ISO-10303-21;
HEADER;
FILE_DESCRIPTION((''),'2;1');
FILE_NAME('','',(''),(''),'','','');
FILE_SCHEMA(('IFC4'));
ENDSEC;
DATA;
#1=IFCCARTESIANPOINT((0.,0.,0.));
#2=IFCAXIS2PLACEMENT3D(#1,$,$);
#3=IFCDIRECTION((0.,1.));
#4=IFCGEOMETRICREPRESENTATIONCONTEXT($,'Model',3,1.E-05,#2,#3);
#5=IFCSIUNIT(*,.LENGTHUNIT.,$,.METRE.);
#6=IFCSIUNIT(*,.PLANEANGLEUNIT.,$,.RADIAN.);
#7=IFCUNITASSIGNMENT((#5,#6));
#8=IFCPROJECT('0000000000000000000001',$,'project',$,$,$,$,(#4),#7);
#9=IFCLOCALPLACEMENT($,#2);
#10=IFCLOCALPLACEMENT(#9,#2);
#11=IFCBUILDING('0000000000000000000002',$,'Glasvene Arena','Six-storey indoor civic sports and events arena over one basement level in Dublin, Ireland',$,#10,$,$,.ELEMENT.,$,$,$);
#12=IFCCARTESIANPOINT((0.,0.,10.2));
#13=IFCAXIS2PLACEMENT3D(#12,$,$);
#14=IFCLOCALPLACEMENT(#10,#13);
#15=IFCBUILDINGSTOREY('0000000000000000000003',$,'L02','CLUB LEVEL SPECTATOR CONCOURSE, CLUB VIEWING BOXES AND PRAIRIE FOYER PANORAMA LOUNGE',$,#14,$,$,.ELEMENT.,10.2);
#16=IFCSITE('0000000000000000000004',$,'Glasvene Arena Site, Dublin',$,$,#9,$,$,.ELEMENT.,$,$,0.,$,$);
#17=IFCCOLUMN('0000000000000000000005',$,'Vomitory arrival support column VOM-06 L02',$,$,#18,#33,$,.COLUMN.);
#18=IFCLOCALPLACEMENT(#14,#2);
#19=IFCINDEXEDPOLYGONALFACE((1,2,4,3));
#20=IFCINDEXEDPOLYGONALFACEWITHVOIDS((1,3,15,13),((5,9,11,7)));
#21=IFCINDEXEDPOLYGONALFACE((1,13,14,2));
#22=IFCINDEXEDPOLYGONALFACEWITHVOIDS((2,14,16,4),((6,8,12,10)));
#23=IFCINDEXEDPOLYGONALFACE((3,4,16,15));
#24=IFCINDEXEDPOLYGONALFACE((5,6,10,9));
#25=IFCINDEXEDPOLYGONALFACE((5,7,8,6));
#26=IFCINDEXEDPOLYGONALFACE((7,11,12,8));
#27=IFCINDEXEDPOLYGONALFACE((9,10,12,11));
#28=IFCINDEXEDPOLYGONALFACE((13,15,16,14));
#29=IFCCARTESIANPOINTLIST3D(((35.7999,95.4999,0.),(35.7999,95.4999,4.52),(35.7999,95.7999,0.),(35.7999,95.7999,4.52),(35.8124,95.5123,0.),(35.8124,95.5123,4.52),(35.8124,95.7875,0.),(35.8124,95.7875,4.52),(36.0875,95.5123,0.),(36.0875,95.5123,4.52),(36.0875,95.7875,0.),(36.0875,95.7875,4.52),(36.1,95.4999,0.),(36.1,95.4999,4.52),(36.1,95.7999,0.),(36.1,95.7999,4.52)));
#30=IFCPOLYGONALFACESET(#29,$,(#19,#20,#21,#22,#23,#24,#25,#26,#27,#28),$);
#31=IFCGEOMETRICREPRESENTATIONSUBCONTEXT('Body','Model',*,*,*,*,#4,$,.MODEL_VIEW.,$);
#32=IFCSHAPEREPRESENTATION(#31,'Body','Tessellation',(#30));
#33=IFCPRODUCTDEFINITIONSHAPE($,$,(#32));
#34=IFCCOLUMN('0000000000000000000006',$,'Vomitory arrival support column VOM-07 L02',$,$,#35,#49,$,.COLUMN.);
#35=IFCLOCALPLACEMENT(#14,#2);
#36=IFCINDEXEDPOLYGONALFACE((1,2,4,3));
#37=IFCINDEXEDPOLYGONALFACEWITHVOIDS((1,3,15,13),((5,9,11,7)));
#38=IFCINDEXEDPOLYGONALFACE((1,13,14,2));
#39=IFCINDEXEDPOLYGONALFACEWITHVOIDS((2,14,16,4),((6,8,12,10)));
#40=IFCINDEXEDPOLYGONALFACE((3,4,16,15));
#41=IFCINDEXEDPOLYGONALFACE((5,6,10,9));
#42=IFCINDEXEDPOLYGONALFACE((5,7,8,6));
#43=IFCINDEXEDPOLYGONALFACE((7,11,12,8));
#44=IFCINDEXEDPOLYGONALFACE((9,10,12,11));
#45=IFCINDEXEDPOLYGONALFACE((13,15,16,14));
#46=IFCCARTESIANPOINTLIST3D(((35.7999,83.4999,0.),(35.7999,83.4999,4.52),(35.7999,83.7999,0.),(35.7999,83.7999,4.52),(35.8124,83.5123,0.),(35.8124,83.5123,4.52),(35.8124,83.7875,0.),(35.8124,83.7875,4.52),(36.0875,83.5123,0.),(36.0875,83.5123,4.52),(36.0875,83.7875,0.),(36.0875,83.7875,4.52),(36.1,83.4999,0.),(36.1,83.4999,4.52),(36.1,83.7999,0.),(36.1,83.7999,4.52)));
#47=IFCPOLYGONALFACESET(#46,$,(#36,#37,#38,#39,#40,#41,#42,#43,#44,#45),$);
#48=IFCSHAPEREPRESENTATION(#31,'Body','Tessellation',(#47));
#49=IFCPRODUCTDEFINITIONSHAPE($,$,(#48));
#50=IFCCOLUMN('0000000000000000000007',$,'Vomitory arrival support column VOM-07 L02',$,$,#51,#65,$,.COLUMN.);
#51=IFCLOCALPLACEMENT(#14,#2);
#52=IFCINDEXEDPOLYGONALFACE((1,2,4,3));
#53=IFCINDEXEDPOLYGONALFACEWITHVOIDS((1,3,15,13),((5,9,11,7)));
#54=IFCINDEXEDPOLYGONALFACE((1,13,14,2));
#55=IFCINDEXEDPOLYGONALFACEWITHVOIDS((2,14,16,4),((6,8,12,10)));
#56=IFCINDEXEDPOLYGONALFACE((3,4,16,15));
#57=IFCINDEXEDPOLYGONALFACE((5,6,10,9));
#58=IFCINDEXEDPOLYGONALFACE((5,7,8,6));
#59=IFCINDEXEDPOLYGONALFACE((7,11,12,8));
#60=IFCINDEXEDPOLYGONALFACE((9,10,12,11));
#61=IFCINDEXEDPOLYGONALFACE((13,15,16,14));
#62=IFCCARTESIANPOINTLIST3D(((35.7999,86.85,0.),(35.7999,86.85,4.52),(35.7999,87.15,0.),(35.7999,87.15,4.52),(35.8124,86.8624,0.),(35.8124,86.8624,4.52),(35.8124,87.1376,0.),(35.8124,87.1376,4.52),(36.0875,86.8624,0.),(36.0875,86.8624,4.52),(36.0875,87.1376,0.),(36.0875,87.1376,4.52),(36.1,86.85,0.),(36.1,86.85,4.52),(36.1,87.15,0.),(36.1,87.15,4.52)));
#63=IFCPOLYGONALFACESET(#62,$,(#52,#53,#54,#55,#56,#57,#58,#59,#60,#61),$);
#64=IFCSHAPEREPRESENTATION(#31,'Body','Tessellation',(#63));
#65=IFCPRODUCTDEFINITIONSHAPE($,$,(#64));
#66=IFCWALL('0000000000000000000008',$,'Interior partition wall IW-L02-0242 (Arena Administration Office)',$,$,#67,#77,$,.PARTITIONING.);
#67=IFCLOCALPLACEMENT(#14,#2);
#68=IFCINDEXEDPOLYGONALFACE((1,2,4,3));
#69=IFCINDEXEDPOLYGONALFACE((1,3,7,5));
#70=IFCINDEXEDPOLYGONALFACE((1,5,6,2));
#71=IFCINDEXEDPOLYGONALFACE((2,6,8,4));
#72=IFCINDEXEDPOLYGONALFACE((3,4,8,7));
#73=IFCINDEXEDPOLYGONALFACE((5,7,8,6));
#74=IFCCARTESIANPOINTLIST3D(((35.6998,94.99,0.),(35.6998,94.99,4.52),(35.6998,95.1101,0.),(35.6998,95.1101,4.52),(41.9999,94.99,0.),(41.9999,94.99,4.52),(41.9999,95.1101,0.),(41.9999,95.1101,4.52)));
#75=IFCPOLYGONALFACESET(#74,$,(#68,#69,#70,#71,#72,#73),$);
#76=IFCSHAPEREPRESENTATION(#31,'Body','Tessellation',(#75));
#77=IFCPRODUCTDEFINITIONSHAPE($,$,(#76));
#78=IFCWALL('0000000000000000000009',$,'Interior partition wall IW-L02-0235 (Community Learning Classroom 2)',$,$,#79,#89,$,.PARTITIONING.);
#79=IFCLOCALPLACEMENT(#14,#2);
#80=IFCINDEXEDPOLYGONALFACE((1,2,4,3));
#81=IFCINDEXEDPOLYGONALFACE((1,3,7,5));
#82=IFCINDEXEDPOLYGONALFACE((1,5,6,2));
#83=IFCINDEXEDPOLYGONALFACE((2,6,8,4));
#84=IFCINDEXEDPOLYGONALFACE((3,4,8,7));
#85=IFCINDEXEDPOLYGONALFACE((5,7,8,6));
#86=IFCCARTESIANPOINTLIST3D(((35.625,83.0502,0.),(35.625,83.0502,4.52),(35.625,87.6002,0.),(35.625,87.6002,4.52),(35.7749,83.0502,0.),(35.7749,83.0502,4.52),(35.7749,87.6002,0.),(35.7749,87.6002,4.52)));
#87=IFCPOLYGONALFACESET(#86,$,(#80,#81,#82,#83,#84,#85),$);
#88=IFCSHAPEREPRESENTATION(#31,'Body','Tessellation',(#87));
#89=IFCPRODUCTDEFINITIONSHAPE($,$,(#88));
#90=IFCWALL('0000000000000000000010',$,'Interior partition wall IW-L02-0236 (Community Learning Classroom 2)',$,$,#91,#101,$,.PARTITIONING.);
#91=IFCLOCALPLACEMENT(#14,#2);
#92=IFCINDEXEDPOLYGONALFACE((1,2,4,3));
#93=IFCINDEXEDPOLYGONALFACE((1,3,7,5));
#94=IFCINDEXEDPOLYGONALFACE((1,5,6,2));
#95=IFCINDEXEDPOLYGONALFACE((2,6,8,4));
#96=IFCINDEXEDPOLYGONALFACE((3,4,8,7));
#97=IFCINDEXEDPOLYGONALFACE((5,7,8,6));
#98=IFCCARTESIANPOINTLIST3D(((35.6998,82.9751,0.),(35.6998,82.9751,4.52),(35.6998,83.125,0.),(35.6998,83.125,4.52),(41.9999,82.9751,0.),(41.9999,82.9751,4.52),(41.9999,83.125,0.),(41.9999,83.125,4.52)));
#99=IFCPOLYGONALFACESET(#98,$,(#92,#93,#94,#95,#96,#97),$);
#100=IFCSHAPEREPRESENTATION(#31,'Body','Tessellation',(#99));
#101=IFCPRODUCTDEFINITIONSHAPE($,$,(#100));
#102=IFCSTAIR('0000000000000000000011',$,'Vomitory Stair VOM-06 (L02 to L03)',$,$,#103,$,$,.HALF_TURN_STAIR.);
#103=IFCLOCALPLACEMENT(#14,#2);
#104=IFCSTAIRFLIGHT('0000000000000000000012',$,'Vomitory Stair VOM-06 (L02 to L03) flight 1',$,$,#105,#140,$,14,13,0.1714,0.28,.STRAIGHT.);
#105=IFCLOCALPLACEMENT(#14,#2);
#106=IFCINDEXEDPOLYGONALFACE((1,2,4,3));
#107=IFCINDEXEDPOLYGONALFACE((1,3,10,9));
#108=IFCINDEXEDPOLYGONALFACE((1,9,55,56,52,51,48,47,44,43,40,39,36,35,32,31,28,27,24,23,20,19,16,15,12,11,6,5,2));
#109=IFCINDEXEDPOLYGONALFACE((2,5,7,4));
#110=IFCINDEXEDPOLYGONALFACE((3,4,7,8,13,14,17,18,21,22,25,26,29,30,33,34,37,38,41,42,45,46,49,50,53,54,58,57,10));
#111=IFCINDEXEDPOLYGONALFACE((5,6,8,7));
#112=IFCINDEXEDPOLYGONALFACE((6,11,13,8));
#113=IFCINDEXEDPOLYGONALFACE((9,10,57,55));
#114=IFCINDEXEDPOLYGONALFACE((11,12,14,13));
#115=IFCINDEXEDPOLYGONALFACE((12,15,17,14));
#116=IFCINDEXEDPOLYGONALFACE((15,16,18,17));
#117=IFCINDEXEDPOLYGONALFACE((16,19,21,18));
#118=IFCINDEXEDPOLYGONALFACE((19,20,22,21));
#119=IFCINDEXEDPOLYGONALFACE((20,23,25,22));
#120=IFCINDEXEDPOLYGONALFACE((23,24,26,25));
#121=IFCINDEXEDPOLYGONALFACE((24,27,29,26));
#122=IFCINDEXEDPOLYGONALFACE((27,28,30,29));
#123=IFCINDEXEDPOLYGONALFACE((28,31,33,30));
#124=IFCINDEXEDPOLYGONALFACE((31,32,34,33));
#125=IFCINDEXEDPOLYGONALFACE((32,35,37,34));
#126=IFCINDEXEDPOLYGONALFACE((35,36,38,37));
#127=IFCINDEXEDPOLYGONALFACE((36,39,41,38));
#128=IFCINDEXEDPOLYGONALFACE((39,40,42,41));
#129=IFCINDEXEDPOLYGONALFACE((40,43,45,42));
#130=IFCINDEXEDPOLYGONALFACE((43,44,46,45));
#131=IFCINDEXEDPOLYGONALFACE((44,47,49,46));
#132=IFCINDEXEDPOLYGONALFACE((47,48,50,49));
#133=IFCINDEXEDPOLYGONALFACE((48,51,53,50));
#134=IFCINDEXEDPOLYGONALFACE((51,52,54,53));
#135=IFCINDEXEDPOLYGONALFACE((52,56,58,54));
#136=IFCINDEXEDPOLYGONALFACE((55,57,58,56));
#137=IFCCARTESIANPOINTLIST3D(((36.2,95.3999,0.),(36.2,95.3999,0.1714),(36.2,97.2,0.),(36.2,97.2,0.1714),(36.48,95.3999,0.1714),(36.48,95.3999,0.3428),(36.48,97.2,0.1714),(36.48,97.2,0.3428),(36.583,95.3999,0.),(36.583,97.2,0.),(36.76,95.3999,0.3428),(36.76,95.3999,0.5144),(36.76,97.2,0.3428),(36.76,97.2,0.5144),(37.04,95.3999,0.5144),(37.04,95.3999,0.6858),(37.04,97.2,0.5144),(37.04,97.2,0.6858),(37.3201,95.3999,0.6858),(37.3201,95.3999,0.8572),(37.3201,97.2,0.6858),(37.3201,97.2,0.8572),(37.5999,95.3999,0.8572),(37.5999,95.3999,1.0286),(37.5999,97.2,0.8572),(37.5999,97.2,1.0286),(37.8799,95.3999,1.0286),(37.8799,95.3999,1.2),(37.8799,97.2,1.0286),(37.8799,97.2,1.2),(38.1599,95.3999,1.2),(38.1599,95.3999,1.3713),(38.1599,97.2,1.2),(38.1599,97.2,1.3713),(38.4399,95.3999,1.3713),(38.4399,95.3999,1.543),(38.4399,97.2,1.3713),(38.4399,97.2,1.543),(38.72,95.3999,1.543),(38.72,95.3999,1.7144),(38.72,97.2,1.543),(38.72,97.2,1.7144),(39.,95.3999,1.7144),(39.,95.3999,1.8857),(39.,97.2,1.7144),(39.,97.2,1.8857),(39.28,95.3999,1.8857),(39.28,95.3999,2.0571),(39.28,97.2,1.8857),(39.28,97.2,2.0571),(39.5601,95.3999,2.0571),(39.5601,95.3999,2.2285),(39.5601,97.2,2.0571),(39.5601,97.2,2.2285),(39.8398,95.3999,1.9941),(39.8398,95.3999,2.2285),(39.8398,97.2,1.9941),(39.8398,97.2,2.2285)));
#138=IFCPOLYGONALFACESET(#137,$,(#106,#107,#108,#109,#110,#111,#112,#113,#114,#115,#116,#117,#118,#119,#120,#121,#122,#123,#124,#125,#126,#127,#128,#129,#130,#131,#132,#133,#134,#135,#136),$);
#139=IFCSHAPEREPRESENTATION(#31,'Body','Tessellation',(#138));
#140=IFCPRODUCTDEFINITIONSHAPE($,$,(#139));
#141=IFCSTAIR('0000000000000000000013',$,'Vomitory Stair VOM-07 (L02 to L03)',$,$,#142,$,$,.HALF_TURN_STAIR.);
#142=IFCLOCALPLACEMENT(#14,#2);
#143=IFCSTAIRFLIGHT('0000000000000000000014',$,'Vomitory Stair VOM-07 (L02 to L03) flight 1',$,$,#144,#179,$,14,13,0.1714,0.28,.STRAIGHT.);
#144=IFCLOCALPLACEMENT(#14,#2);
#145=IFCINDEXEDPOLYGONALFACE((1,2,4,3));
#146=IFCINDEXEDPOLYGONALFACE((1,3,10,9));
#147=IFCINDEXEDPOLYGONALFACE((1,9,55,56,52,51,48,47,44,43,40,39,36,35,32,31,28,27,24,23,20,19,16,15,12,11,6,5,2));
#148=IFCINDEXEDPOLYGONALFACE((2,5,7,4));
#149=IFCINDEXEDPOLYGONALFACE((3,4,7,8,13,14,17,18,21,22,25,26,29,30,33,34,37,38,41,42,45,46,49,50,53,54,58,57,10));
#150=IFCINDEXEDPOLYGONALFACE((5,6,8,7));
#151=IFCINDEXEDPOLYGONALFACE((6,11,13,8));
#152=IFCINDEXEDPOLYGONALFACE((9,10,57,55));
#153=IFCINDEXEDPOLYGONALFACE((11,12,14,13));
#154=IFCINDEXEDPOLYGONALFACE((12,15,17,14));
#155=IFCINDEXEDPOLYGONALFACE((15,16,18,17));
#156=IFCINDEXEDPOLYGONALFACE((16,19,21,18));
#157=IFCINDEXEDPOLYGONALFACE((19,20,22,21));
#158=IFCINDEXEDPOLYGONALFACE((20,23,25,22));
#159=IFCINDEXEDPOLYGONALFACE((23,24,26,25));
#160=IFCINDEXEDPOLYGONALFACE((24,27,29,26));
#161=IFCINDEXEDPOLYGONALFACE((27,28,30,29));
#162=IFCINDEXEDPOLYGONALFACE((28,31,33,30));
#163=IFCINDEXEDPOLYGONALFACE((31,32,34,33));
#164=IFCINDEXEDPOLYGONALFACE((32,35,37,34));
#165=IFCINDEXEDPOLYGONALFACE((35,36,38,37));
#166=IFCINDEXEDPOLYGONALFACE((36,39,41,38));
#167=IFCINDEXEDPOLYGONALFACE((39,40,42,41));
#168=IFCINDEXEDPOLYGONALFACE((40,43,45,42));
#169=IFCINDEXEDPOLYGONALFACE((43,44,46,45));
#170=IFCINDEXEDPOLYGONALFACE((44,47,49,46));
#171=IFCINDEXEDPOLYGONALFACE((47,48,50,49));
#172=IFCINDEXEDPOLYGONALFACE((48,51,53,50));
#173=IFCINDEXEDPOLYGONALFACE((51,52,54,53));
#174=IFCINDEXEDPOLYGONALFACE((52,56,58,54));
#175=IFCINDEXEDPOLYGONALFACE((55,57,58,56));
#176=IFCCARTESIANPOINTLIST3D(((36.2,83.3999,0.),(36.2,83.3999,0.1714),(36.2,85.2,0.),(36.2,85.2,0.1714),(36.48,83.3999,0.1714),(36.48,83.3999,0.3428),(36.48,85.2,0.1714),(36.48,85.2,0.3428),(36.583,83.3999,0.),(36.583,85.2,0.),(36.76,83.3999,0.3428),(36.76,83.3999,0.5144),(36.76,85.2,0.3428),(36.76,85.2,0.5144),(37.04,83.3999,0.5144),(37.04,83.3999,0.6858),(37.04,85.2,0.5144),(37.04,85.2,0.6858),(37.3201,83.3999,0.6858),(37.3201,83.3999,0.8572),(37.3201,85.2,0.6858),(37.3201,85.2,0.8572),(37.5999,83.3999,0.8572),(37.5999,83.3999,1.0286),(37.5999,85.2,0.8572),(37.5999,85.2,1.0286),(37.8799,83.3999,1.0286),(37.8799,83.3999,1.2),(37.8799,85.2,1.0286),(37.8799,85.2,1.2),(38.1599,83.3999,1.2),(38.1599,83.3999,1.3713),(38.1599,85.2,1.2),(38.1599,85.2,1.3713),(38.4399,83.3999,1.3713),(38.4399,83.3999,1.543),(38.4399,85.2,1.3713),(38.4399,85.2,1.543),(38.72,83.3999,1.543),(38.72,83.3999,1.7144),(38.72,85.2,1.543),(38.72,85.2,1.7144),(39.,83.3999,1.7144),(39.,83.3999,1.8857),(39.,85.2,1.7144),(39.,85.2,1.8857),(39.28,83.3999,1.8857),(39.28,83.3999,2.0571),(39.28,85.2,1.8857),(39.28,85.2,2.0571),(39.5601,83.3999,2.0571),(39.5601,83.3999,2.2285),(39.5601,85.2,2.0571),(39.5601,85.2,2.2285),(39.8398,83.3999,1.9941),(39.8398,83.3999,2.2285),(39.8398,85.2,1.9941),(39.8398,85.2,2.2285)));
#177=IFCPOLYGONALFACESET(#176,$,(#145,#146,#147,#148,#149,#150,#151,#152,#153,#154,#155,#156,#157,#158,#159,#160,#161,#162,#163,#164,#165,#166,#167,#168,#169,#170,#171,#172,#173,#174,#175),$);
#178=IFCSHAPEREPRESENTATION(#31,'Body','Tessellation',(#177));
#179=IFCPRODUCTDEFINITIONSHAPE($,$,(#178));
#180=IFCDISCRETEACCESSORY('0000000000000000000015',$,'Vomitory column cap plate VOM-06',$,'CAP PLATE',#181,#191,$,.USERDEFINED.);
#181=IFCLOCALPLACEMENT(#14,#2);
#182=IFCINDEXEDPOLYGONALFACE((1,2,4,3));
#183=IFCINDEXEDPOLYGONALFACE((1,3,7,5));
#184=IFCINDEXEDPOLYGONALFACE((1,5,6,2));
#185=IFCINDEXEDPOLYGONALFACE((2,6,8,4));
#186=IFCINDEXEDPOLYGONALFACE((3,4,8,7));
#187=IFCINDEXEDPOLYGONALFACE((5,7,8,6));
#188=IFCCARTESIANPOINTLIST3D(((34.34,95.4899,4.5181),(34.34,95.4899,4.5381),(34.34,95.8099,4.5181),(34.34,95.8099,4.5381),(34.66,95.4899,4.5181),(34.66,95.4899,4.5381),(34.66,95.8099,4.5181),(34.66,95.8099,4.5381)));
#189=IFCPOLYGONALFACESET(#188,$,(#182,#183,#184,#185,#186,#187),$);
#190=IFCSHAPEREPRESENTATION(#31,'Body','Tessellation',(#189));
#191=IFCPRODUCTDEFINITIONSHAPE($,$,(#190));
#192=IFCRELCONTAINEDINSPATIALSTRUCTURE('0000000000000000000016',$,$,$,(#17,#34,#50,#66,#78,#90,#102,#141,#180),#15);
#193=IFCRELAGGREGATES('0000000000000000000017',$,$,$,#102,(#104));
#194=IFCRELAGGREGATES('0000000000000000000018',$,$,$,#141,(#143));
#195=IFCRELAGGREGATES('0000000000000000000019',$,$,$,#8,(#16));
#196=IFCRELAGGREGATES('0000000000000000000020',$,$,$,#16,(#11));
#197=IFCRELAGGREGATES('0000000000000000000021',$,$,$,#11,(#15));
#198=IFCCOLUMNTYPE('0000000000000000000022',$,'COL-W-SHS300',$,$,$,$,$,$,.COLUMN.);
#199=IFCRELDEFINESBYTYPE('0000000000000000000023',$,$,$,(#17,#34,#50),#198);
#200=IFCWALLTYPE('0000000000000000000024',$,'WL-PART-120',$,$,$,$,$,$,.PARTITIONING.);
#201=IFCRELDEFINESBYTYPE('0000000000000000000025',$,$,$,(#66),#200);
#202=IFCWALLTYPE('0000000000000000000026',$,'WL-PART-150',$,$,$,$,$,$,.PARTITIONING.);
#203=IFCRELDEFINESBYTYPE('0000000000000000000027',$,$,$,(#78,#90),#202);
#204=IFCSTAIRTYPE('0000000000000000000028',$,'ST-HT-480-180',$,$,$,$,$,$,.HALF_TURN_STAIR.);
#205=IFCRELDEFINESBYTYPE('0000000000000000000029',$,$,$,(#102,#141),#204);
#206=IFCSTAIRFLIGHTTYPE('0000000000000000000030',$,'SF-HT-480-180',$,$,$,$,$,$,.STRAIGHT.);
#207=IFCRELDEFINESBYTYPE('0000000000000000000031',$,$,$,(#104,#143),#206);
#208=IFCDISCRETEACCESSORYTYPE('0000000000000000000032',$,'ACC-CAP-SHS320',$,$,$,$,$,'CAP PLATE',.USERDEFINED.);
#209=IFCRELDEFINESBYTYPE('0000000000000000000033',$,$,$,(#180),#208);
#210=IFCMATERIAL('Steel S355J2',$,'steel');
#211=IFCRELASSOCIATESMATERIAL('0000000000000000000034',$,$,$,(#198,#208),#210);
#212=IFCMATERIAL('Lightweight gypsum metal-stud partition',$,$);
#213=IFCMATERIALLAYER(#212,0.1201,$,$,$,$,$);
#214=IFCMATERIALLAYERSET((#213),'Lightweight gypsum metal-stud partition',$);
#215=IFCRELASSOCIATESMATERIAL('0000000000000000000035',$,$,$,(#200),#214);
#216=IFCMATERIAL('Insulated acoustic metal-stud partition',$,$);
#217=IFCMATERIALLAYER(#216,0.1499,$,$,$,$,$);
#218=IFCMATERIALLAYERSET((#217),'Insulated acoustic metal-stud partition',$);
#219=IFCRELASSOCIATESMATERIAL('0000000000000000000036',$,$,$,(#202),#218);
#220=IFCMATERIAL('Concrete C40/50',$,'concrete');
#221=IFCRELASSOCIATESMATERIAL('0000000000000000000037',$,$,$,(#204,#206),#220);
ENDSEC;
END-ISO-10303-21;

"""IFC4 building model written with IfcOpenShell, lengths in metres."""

from ifc_helpers import new_model, si_unit, direction, frame, frame_2d, origin, origin_2d, place, context, subcontext, project, spatial, polyline, rectangle, hollow_rectangle, outline, extrude, material, layer, layer_set, material_profile, profile_set, type_object, element, aggregate, save


model = new_model("IFC4")

# Units and contexts
model_context = context("Model", 3, precision=1e-05, world=origin(), true_north=direction((0.0, 1.0)))
body_context = subcontext(model_context, "Body", "Model", "MODEL_VIEW")
ifc_project = project(units=[si_unit("LENGTHUNIT", "METRE"), si_unit("PLANEANGLEUNIT", "RADIAN")], contexts=[model_context])

# Site, building, storey
site_placement = place(None, origin())
site = spatial("IfcSite", under=ifc_project, at=site_placement, Name="Glasvene Arena Site, Dublin", CompositionType="ELEMENT", RefElevation=0.0)
building_placement = place(site_placement, origin())
building = spatial("IfcBuilding", under=site, at=building_placement, Name="Glasvene Arena", Description="Six-storey indoor civic sports and events arena over one basement level in Dublin, Ireland", CompositionType="ELEMENT")
storey_placement = place(building_placement, frame((0.0, 0.0, 10.2)))
storey = spatial("IfcBuildingStorey", under=building, at=storey_placement, Name="L02", Description="CLUB LEVEL SPECTATOR CONCOURSE, CLUB VIEWING BOXES AND PRAIRIE FOYER PANORAMA LOUNGE", CompositionType="ELEMENT", Elevation=10.2)

# Columns
ifc_material_1 = material(Name="Steel S355J2", Category="steel")
ifc_material_profile = material_profile(ifc_material_1, hollow_rectangle(XDim=0.3, YDim=0.3, WallThickness=0.0125, at=origin_2d()), Name="SHS 300x300x12.5")
ifc_profile_set = profile_set([ifc_material_profile], Name="Steel S355J2")
column_type = type_object("IfcColumnType", Name="COL-W-SHS300", PredefinedType="COLUMN", material=ifc_profile_set)
for number, where, z_axis, x_axis, name in (
    (1, (35.95, 95.6499, 0.0), (0.0, 0.0, 1.0), (1.0, 0.0, 0.0), "Vomitory arrival support column VOM-06 L02"),
    (2, (35.95, 83.6499, 0.0), (0.0, 0.0, 1.0), (1.0, 0.0, 0.0), "Vomitory arrival support column VOM-07 L02"),
    (3, (35.95, 87.0, 0.0), (0.0, 0.0, 1.0), (1.0, 0.0, 0.0), "Vomitory arrival support column VOM-07 L02"),
):
    element("IfcColumn", number, at=place(storey_placement, frame(where, z_axis=z_axis, x_axis=x_axis)), inside=storey, type_object=column_type, Name=name, PredefinedType="COLUMN", context=body_context, shape_type="SweptSolid", body=[
        extrude(hollow_rectangle(XDim=0.3, YDim=0.3, WallThickness=0.0125, at=origin_2d()), origin(), (0.0, 0.0, 1.0), 4.52),
    ])

# Walls
ifc_material_2 = material(Name="Lightweight gypsum metal-stud partition")
ifc_layer_1 = layer(ifc_material_2, 0.1201)
ifc_layer_set_1 = layer_set([ifc_layer_1], Name="Lightweight gypsum metal-stud partition")
wall_type_1 = type_object("IfcWallType", Name="WL-PART-120", PredefinedType="PARTITIONING", material=ifc_layer_set_1)
wall_1_placement = place(storey_placement, frame((35.7, 95.05, 0.0), z_axis=(0.0, 0.0, 1.0), x_axis=(1.0, 0.0, 0.0)))
element("IfcWall", 4, at=wall_1_placement, inside=storey, type_object=wall_type_1, Name="Interior partition wall IW-L02-0242 (Arena Administration Office)", PredefinedType="PARTITIONING", context=body_context, shape_type="SweptSolid", body=[
    extrude(rectangle(XDim=6.3, YDim=0.1201, at=frame_2d((3.1499, 0.0))), origin(), (0.0, 0.0, 1.0), 4.52),
])
ifc_material_3 = material(Name="Insulated acoustic metal-stud partition")
ifc_layer_2 = layer(ifc_material_3, 0.1499)
ifc_layer_set_2 = layer_set([ifc_layer_2], Name="Insulated acoustic metal-stud partition")
wall_type_2 = type_object("IfcWallType", Name="WL-PART-150", PredefinedType="PARTITIONING", material=ifc_layer_set_2)
wall_2_placement = place(storey_placement, frame((35.7, 87.6001, 0.0), z_axis=(0.0, 0.0, 1.0), x_axis=(0.0, -1.0, 0.0)))
element("IfcWall", 5, at=wall_2_placement, inside=storey, type_object=wall_type_2, Name="Interior partition wall IW-L02-0235 (Community Learning Classroom 2)", PredefinedType="PARTITIONING", context=body_context, shape_type="SweptSolid", body=[
    extrude(rectangle(XDim=4.55, YDim=0.1499, at=frame_2d((2.2749, 0.0))), origin(), (0.0, 0.0, 1.0), 4.52),
])
wall_3_placement = place(storey_placement, frame((35.7, 83.05, 0.0), z_axis=(0.0, 0.0, 1.0), x_axis=(1.0, 0.0, 0.0)))
element("IfcWall", 6, at=wall_3_placement, inside=storey, type_object=wall_type_2, Name="Interior partition wall IW-L02-0236 (Community Learning Classroom 2)", PredefinedType="PARTITIONING", context=body_context, shape_type="SweptSolid", body=[
    extrude(rectangle(XDim=6.3, YDim=0.1499, at=frame_2d((3.1499, 0.0))), origin(), (0.0, 0.0, 1.0), 4.52),
])

# Stairs, stair flights
ifc_material_4 = material(Name="Concrete C40/50", Category="concrete")
stair_type = type_object("IfcStairType", Name="ST-HT-480-180", PredefinedType="HALF_TURN_STAIR", material=ifc_material_4)
stair_1_placement = place(storey_placement, origin())
stair_1 = element("IfcStair", 7, at=stair_1_placement, inside=storey, type_object=stair_type, Name="Vomitory Stair VOM-06 (L02 to L03)", PredefinedType="HALF_TURN_STAIR")
stair_flight_type = type_object("IfcStairFlightType", Name="SF-HT-480-180", PredefinedType="STRAIGHT", material=ifc_material_4)
stair_flight_1_placement = place(storey_placement, frame((36.2, 96.3, 0.0), z_axis=(0.0, 0.0, 1.0), x_axis=(1.0, 0.0, 0.0)))
stair_flight_1 = element("IfcStairFlight", 8, at=stair_flight_1_placement, type_object=stair_flight_type, Name="Vomitory Stair VOM-06 (L02 to L03) flight 1", NumberOfRisers=14, NumberOfTreads=13, PredefinedType="STRAIGHT", RiserHeight=0.1714, TreadLength=0.28, context=body_context, shape_type="SweptSolid", body=[
    extrude(outline(polyline([(0.0, 0.0), (0.0, 0.1714), (0.28, 0.1714), (0.28, 0.3428), (0.5601, 0.3428), (0.5601, 0.5144), (0.8401, 0.5144), (0.8401, 0.6858), (1.1201, 0.6858), (1.1201, 0.8572), (1.3999, 0.8572), (1.3999, 1.0286), (1.6799, 1.0286), (1.6799, 1.2), (1.96, 1.2), (1.96, 1.3713), (2.24, 1.3713), (2.24, 1.543), (2.52, 1.543), (2.52, 1.7144), (2.8, 1.7144), (2.8, 1.8857), (3.0801, 1.8857), (3.0801, 2.0571), (3.3601, 2.0571), (3.3601, 2.2285), (3.6399, 2.2285), (3.6399, 2.3999), (3.6399, 1.9941), (0.3831, 0.0), (0.0, 0.0)])), frame((0.0, 0.8999, 0.0), z_axis=(0.0, -1.0, 0.0), x_axis=(1.0, 0.0, 0.0)), (0.0, 0.0, 1.0), 1.8),
])
aggregate(stair_1, [stair_flight_1])
stair_2_placement = place(storey_placement, origin())
stair_2 = element("IfcStair", 9, at=stair_2_placement, inside=storey, type_object=stair_type, Name="Vomitory Stair VOM-07 (L02 to L03)", PredefinedType="HALF_TURN_STAIR")
stair_flight_2_placement = place(storey_placement, frame((36.2, 84.3, 0.0), z_axis=(0.0, 0.0, 1.0), x_axis=(1.0, 0.0, 0.0)))
stair_flight_2 = element("IfcStairFlight", 10, at=stair_flight_2_placement, type_object=stair_flight_type, Name="Vomitory Stair VOM-07 (L02 to L03) flight 1", NumberOfRisers=14, NumberOfTreads=13, PredefinedType="STRAIGHT", RiserHeight=0.1714, TreadLength=0.28, context=body_context, shape_type="SweptSolid", body=[
    extrude(outline(polyline([(0.0, 0.0), (0.0, 0.1714), (0.28, 0.1714), (0.28, 0.3428), (0.5601, 0.3428), (0.5601, 0.5144), (0.8401, 0.5144), (0.8401, 0.6858), (1.1201, 0.6858), (1.1201, 0.8572), (1.3999, 0.8572), (1.3999, 1.0286), (1.6799, 1.0286), (1.6799, 1.2), (1.96, 1.2), (1.96, 1.3713), (2.24, 1.3713), (2.24, 1.543), (2.52, 1.543), (2.52, 1.7144), (2.8, 1.7144), (2.8, 1.8857), (3.0801, 1.8857), (3.0801, 2.0571), (3.3601, 2.0571), (3.3601, 2.2285), (3.6399, 2.2285), (3.6399, 2.3999), (3.6399, 1.9941), (0.3831, 0.0), (0.0, 0.0)])), frame((0.0, 0.8999, 0.0), z_axis=(0.0, -1.0, 0.0), x_axis=(1.0, 0.0, 0.0)), (0.0, 0.0, 1.0), 1.8),
])
aggregate(stair_2, [stair_flight_2])

# Discrete accessory
discrete_accessory_type = type_object("IfcDiscreteAccessoryType", Name="ACC-CAP-SHS320", ElementType="CAP PLATE", PredefinedType="USERDEFINED", material=ifc_material_1)
for number, where, z_axis, x_axis, name in (
    (11, (34.5, 95.6499, 4.5181), (0.0, 0.0, 1.0), (1.0, 0.0, 0.0), "Vomitory column cap plate VOM-06"),
):
    element("IfcDiscreteAccessory", number, at=place(storey_placement, frame(where, z_axis=z_axis, x_axis=x_axis)), inside=storey, type_object=discrete_accessory_type, Name=name, ObjectType="CAP PLATE", PredefinedType="USERDEFINED", context=body_context, shape_type="SweptSolid", body=[
        extrude(rectangle(XDim=0.3201, YDim=0.3201, at=origin_2d()), origin(), (0.0, 0.0, 1.0), 0.02),
    ])

save(model, "model.ifc")
